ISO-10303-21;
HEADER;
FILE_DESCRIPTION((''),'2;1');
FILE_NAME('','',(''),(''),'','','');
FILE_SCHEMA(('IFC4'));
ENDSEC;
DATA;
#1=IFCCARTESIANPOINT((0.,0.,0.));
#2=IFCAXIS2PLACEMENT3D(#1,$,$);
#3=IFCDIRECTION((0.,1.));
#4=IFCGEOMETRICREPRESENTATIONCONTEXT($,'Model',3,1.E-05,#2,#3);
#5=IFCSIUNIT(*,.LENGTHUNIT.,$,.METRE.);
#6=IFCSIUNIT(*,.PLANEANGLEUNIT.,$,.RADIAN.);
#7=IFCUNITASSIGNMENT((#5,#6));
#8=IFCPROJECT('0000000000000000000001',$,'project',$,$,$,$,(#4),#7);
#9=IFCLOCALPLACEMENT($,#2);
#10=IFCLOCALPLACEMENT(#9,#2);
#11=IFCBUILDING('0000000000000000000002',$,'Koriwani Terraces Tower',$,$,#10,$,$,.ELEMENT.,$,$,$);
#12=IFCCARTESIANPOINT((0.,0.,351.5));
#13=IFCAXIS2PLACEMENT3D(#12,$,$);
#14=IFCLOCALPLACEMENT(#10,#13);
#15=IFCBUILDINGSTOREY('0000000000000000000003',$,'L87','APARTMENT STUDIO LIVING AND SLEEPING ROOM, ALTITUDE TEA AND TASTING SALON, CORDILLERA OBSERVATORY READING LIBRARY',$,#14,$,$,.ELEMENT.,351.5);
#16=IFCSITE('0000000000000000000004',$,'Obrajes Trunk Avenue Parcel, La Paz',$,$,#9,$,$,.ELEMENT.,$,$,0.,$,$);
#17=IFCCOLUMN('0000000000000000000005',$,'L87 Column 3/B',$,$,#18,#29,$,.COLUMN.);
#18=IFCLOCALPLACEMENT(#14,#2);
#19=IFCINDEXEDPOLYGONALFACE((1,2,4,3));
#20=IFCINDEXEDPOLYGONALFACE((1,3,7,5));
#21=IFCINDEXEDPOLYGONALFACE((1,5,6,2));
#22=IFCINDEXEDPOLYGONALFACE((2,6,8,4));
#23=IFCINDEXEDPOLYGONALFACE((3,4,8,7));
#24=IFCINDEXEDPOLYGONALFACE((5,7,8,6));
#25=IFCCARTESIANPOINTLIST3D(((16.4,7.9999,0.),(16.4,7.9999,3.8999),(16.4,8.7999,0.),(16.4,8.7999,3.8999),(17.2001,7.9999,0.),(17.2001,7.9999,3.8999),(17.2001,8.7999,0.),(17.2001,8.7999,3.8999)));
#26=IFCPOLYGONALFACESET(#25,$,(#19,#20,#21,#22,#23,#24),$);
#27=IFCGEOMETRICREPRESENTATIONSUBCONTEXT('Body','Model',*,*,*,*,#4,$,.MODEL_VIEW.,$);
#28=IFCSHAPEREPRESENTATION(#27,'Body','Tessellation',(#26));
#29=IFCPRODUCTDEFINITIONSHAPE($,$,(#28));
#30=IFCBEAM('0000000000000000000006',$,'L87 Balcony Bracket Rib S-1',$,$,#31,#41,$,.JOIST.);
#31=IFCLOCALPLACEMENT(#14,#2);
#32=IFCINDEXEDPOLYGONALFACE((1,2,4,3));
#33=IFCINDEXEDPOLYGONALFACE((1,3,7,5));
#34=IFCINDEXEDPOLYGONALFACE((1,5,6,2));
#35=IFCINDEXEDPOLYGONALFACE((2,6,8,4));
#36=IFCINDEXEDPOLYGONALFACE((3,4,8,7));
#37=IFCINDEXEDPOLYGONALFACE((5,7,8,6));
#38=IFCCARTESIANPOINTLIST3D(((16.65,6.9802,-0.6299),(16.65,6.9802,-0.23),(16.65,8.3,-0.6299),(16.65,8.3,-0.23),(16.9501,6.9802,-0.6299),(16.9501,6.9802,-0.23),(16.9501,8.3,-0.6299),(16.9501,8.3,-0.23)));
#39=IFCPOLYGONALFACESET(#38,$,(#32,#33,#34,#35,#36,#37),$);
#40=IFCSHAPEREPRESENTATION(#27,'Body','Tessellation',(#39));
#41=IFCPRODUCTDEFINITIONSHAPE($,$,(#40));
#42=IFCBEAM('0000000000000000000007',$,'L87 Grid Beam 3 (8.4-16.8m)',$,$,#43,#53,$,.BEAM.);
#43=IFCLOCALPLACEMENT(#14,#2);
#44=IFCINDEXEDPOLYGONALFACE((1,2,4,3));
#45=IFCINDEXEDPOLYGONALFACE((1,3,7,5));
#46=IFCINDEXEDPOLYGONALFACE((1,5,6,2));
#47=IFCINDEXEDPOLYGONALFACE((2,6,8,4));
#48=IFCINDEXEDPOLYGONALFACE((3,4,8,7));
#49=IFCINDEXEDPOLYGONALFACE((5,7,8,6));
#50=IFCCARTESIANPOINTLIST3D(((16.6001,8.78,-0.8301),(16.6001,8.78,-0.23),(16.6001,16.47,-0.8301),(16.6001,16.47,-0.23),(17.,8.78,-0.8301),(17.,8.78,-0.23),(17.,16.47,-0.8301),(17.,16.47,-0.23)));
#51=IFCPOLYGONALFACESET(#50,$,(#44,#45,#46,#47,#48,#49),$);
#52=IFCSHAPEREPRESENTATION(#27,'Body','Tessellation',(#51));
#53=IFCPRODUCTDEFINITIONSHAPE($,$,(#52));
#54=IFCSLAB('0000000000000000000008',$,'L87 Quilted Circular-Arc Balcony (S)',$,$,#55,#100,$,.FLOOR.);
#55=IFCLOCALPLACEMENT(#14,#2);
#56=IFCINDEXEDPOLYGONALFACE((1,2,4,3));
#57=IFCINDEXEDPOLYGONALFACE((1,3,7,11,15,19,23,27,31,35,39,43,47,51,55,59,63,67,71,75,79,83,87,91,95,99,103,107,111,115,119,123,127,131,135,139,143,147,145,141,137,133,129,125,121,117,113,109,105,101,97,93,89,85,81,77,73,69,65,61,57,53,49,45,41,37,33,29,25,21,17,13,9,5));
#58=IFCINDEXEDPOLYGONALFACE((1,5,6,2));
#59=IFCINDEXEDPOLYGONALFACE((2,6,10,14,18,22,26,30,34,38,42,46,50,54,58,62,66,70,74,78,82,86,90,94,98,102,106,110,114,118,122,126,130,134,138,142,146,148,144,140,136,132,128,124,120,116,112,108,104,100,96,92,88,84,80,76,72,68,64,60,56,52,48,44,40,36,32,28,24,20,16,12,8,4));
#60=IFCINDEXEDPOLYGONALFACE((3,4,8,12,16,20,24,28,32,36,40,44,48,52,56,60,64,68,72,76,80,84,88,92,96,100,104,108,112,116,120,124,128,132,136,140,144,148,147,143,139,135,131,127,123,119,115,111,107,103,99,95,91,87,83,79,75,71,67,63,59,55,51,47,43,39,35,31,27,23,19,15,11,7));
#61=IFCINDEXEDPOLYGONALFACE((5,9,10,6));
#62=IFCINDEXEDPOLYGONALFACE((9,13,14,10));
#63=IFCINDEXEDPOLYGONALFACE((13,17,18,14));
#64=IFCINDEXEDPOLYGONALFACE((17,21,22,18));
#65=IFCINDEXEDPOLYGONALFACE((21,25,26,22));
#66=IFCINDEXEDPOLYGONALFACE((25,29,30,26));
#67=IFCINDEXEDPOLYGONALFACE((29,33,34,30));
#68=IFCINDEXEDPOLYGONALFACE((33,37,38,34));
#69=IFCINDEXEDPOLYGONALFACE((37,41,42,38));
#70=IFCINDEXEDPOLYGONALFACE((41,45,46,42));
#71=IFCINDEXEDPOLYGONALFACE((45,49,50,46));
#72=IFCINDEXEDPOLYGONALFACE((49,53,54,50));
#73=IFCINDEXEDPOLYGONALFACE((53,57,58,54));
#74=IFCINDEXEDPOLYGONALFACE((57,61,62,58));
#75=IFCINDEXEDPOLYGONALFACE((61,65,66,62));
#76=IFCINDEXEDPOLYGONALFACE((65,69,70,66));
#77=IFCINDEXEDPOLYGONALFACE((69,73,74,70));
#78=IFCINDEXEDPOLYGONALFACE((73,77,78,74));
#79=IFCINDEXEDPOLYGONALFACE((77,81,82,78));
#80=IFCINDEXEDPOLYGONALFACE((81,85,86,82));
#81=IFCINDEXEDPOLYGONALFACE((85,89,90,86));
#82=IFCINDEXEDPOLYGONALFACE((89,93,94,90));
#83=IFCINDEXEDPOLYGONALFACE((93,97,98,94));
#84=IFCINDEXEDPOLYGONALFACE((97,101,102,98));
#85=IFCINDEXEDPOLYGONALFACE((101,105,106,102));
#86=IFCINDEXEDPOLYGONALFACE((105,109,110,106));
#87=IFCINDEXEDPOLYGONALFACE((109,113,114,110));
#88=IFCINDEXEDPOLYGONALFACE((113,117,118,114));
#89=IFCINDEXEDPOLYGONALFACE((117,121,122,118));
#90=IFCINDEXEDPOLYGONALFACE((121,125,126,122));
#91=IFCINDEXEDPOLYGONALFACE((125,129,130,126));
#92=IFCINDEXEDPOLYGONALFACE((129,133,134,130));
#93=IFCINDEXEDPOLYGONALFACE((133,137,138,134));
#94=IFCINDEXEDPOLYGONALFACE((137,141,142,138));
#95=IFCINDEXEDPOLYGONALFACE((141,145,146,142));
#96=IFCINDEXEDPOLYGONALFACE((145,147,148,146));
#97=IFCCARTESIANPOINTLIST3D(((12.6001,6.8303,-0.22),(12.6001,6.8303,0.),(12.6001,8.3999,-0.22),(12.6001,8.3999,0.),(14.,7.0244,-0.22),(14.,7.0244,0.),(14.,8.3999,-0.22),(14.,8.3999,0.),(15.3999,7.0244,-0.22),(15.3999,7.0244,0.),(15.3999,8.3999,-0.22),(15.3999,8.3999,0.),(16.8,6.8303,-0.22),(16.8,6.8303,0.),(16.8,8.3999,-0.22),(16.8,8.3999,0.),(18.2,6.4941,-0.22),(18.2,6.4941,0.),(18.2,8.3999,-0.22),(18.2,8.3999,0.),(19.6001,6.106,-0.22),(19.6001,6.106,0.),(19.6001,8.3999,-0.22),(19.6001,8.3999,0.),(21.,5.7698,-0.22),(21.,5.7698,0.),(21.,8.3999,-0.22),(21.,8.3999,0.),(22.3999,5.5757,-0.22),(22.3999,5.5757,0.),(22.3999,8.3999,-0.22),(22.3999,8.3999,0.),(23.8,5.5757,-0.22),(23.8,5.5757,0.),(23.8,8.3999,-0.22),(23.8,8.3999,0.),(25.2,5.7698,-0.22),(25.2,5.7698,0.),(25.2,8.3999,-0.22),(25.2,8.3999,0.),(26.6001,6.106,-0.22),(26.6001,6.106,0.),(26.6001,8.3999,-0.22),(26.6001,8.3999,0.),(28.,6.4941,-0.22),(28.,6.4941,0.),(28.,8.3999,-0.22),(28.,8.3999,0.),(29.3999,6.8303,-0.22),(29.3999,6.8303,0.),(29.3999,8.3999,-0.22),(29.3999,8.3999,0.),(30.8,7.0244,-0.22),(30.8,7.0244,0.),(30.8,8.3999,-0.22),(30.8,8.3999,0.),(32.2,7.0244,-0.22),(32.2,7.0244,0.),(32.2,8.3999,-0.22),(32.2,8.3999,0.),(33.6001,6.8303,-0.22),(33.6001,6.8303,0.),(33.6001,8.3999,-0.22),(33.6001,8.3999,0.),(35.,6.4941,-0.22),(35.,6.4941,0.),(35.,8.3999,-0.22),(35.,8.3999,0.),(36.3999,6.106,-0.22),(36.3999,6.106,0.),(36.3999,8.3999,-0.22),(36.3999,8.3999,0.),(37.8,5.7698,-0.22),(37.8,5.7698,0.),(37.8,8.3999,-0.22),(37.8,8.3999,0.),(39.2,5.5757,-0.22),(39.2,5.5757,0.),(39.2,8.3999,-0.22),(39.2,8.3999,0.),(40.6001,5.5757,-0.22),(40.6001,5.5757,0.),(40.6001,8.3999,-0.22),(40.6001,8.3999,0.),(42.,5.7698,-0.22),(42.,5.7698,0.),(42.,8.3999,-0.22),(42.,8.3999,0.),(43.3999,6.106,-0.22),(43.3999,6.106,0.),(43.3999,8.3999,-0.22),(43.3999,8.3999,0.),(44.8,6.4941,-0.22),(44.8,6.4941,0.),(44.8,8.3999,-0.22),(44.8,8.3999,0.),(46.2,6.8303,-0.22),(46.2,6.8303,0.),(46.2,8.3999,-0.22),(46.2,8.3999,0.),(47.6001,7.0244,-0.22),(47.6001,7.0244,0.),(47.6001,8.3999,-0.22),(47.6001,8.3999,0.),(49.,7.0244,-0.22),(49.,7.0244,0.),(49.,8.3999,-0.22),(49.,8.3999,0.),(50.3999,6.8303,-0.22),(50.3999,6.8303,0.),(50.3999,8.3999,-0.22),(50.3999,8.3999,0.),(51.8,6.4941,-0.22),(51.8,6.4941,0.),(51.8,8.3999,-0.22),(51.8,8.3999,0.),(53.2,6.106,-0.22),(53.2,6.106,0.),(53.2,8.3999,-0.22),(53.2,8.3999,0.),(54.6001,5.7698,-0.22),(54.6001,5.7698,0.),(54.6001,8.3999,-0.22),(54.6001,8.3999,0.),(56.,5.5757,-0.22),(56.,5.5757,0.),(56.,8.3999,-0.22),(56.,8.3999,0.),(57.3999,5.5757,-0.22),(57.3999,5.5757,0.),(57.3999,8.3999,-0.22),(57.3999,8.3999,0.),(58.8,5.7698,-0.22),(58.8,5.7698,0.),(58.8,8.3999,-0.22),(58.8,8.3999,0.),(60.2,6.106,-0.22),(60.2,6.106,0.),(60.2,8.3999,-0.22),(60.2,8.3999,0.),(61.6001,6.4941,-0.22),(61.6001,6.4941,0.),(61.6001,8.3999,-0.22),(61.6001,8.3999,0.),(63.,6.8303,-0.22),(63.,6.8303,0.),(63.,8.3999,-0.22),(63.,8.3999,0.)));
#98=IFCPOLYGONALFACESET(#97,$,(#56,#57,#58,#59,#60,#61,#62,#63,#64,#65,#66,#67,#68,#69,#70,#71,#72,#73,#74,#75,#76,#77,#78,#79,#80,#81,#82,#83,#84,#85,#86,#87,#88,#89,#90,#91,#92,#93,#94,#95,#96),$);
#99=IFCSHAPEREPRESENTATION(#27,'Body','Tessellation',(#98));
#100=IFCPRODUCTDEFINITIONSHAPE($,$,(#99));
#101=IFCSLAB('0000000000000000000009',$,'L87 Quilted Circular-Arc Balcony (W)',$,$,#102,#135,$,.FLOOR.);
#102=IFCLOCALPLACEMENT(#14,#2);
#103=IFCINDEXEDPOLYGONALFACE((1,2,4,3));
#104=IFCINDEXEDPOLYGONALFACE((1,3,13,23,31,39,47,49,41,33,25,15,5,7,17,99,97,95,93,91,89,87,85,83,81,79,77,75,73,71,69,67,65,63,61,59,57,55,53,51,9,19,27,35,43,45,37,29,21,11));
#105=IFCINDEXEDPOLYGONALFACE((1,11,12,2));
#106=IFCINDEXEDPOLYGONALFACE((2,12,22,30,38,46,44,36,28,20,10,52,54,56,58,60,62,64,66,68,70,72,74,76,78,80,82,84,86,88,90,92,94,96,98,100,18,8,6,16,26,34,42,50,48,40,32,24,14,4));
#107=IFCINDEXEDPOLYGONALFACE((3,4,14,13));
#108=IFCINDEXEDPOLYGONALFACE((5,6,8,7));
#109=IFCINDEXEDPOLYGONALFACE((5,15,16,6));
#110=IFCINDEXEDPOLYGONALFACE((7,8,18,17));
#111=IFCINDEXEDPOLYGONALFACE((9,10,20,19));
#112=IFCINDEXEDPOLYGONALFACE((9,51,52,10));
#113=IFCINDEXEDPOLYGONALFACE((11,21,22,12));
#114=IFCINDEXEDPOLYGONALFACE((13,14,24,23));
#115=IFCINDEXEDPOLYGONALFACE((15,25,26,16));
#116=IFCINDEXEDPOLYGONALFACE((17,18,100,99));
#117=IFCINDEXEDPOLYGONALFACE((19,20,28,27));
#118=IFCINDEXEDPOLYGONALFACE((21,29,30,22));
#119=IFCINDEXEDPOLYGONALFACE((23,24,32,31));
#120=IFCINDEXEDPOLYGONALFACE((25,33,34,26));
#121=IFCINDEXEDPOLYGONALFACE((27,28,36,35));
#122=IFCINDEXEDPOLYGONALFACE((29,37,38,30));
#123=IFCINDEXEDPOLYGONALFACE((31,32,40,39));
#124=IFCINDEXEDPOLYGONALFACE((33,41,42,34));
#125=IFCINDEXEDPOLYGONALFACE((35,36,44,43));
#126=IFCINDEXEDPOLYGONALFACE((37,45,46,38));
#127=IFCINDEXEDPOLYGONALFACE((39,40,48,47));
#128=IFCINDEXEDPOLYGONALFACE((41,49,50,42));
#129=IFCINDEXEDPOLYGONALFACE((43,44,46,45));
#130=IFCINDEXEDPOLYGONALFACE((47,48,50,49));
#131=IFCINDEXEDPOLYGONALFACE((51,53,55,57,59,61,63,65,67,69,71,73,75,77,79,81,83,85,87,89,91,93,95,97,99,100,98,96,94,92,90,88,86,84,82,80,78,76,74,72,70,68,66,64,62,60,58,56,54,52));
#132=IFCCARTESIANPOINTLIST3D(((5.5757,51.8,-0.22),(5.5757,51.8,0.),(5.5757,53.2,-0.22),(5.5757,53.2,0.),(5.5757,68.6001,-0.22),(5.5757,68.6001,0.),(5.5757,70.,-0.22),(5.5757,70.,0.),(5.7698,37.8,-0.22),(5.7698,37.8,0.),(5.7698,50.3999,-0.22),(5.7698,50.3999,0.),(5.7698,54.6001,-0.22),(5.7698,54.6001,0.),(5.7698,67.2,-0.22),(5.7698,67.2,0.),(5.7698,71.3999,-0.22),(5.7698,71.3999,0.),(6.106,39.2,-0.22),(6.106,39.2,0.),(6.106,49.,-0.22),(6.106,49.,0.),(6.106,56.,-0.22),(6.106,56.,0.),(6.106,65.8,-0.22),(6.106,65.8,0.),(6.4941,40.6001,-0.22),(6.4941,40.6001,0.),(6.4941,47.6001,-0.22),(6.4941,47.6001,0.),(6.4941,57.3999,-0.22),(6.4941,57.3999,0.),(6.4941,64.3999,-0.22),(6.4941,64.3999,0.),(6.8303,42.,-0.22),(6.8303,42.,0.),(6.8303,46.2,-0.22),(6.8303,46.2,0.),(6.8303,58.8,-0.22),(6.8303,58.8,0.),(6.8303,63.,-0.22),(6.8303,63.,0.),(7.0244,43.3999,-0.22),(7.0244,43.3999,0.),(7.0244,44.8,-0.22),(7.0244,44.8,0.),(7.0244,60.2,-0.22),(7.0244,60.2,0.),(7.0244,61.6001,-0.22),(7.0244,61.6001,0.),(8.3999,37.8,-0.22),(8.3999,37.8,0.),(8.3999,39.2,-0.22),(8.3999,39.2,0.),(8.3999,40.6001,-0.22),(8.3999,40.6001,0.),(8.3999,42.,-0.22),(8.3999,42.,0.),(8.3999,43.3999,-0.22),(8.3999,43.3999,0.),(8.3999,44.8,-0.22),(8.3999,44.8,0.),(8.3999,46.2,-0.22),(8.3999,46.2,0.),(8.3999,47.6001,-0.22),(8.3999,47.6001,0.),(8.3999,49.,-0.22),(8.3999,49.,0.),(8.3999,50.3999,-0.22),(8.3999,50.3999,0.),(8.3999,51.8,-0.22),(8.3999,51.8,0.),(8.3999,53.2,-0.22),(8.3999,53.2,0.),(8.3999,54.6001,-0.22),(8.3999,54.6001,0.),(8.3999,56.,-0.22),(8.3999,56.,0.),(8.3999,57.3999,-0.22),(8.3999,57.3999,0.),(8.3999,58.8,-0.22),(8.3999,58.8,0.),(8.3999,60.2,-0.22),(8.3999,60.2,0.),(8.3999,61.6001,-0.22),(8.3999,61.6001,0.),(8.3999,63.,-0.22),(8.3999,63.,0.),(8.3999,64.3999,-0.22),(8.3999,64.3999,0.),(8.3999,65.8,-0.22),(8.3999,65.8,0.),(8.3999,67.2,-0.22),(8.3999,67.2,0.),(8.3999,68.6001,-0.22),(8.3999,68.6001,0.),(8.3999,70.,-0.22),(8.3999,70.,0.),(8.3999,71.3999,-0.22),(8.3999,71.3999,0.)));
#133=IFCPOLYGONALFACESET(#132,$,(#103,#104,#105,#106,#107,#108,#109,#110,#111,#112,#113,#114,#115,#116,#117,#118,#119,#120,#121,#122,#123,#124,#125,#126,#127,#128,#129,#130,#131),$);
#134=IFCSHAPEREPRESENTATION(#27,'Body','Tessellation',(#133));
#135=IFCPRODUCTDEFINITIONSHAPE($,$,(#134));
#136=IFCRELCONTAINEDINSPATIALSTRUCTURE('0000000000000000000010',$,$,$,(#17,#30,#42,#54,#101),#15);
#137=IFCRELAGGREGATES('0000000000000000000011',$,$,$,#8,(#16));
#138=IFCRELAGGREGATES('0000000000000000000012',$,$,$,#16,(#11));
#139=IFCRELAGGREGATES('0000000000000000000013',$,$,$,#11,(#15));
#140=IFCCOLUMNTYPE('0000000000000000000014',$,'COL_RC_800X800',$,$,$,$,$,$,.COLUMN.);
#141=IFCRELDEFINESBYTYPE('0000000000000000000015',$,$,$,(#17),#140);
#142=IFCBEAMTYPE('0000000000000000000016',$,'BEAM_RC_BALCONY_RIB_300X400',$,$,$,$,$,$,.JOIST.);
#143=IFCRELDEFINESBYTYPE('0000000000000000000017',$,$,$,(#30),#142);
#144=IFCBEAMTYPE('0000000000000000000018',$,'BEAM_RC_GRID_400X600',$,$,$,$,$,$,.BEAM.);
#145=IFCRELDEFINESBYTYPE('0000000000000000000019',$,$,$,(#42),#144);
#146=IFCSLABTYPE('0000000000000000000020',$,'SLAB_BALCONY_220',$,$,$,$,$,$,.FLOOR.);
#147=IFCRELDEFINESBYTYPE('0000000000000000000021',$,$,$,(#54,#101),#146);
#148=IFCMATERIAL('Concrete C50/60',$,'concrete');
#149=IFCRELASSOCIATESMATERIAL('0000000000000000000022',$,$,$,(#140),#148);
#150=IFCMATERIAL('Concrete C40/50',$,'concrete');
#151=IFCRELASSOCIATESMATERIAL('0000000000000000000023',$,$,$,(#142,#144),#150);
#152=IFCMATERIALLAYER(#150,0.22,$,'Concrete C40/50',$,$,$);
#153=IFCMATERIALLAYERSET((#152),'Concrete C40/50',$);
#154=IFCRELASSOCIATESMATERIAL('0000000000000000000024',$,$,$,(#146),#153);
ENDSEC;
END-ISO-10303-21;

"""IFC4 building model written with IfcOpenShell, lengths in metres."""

from ifc_helpers import new_model, si_unit, direction, frame, origin, origin_2d, place, context, subcontext, project, spatial, polyline, rectangle, outline, extrude, material, layer, layer_set, material_profile, profile_set, type_object, element, save


model = new_model("IFC4")

# Units and contexts
model_context = context("Model", 3, precision=1e-05, world=origin(), true_north=direction((0.0, 1.0)))
body_context = subcontext(model_context, "Body", "Model", "MODEL_VIEW")
ifc_project = project(units=[si_unit("LENGTHUNIT", "METRE"), si_unit("PLANEANGLEUNIT", "RADIAN")], contexts=[model_context])

# Site, building, storey
site_placement = place(None, origin())
site = spatial("IfcSite", under=ifc_project, at=site_placement, Name="Obrajes Trunk Avenue Parcel, La Paz", CompositionType="ELEMENT", RefElevation=0.0)
building_placement = place(site_placement, origin())
building = spatial("IfcBuilding", under=site, at=building_placement, Name="Koriwani Terraces Tower", CompositionType="ELEMENT")
storey_placement = place(building_placement, frame((0.0, 0.0, 351.5)))
storey = spatial("IfcBuildingStorey", under=building, at=storey_placement, Name="L87", Description="APARTMENT STUDIO LIVING AND SLEEPING ROOM, ALTITUDE TEA AND TASTING SALON, CORDILLERA OBSERVATORY READING LIBRARY", CompositionType="ELEMENT", Elevation=351.5)

# Column
ifc_material_1 = material(Name="Concrete C50/60", Category="concrete")
ifc_material_profile_1 = material_profile(ifc_material_1, rectangle(XDim=0.8, YDim=0.8, at=origin_2d()), Name="Concrete C50/60", Category="LoadBearing")
ifc_profile_set_1 = profile_set([ifc_material_profile_1], Name="Concrete C50/60")
column_type = type_object("IfcColumnType", Name="COL_RC_800X800", PredefinedType="COLUMN", material=ifc_profile_set_1)
column_placement = place(storey_placement, frame((16.8, 8.3999, 0.0), z_axis=(0.0, 0.0, 1.0), x_axis=(1.0, 0.0, 0.0)))
element("IfcColumn", 1, at=column_placement, inside=storey, type_object=column_type, Name="L87 Column 3/B", PredefinedType="COLUMN", context=body_context, shape_type="SweptSolid", body=[
    extrude(rectangle(XDim=0.8, YDim=0.8, at=origin_2d()), origin(), (0.0, 0.0, 1.0), 3.8999),
])

# Beams
ifc_material_2 = material(Name="Concrete C40/50", Category="concrete")
ifc_material_profile_2 = material_profile(ifc_material_2, rectangle(XDim=0.3, YDim=0.3999, at=origin_2d()), Name="Concrete C40/50", Category="LoadBearing")
ifc_profile_set_2 = profile_set([ifc_material_profile_2], Name="Concrete C40/50")
beam_type_1 = type_object("IfcBeamType", Name="BEAM_RC_BALCONY_RIB_300X400", PredefinedType="JOIST", material=ifc_profile_set_2)
beam_1_placement = place(storey_placement, frame((16.8, 6.9802, -0.4299), z_axis=(0.0, 1.0, 0.0), x_axis=(-1.0, 0.0, 0.0)))
element("IfcBeam", 2, at=beam_1_placement, inside=storey, type_object=beam_type_1, Name="L87 Balcony Bracket Rib S-1", PredefinedType="JOIST", context=body_context, shape_type="SweptSolid", body=[
    extrude(rectangle(XDim=0.3, YDim=0.3999, at=origin_2d()), origin(), (0.0, 0.0, 1.0), 1.3198),
])
ifc_material_profile_3 = material_profile(ifc_material_2, rectangle(XDim=0.3999, YDim=0.6001, at=origin_2d()), Name="Concrete C40/50", Category="LoadBearing")
ifc_profile_set_3 = profile_set([ifc_material_profile_3], Name="Concrete C40/50")
beam_type_2 = type_object("IfcBeamType", Name="BEAM_RC_GRID_400X600", PredefinedType="BEAM", material=ifc_profile_set_3)
beam_2_placement = place(storey_placement, frame((16.8, 8.78, -0.53), z_axis=(0.0, 1.0, 0.0), x_axis=(-1.0, 0.0, 0.0)))
element("IfcBeam", 3, at=beam_2_placement, inside=storey, type_object=beam_type_2, Name="L87 Grid Beam 3 (8.4-16.8m)", PredefinedType="BEAM", context=body_context, shape_type="SweptSolid", body=[
    extrude(rectangle(XDim=0.3999, YDim=0.6001, at=origin_2d()), origin(), (0.0, 0.0, 1.0), 7.6899),
])

# Slabs
ifc_layer_1 = layer(ifc_material_2, 0.22, Name="Concrete C40/50")
ifc_layer_set_1 = layer_set([ifc_layer_1], Name="Concrete C40/50")
slab_type_1 = type_object("IfcSlabType", Name="SLAB_BALCONY_220", PredefinedType="FLOOR", material=ifc_layer_set_1)
slab_1_placement = place(storey_placement, frame((0.0, 0.0, -0.22)))
element("IfcSlab", 4, at=slab_1_placement, inside=storey, type_object=slab_type_1, Name="L87 Quilted Circular-Arc Balcony (S)", PredefinedType="FLOOR", context=body_context, shape_type="SweptSolid", body=[
    extrude(outline(polyline([(12.6001, 8.3999), (14.0, 8.3999), (15.3999, 8.3999), (16.8, 8.3999), (18.2, 8.3999), (19.6001, 8.3999), (21.0, 8.3999), (22.3999, 8.3999), (23.8, 8.3999), (25.2, 8.3999), (26.6001, 8.3999), (28.0, 8.3999), (29.3999, 8.3999), (30.8, 8.3999), (32.2, 8.3999), (33.6001, 8.3999), (35.0, 8.3999), (36.3999, 8.3999), (37.8, 8.3999), (39.2, 8.3999), (40.6001, 8.3999), (42.0, 8.3999), (43.3999, 8.3999), (44.8, 8.3999), (46.2, 8.3999), (47.6001, 8.3999), (49.0, 8.3999), (50.3999, 8.3999), (51.8, 8.3999), (53.2, 8.3999), (54.6001, 8.3999), (56.0, 8.3999), (57.3999, 8.3999), (58.8, 8.3999), (60.2, 8.3999), (61.6001, 8.3999), (63.0, 8.3999), (63.0, 6.8303), (61.6001, 6.4941), (60.2, 6.106), (58.8, 5.7698), (57.3999, 5.5757), (56.0, 5.5757), (54.6001, 5.7698), (53.2, 6.106), (51.8, 6.4941), (50.3999, 6.8303), (49.0, 7.0244), (47.6001, 7.0244), (46.2, 6.8303), (44.8, 6.4941), (43.3999, 6.106), (42.0, 5.7698), (40.6001, 5.5757), (39.2, 5.5757), (37.8, 5.7698), (36.3999, 6.106), (35.0, 6.4941), (33.6001, 6.8303), (32.2, 7.0244), (30.8, 7.0244), (29.3999, 6.8303), (28.0, 6.4941), (26.6001, 6.106), (25.2, 5.7698), (23.8, 5.5757), (22.3999, 5.5757), (21.0, 5.7698), (19.6001, 6.106), (18.2, 6.4941), (16.8, 6.8303), (15.3999, 7.0244), (14.0, 7.0244), (12.6001, 6.8303), (12.6001, 8.3999)])), origin(), (0.0, 0.0, 1.0), 0.22),
])
slab_2_placement = place(storey_placement, frame((0.0, 0.0, -0.22)))
element("IfcSlab", 5, at=slab_2_placement, inside=storey, type_object=slab_type_1, Name="L87 Quilted Circular-Arc Balcony (W)", PredefinedType="FLOOR", context=body_context, shape_type="SweptSolid", body=[
    extrude(outline(polyline([(8.3999, 37.8), (8.3999, 39.2), (8.3999, 40.6001), (8.3999, 42.0), (8.3999, 43.3999), (8.3999, 44.8), (8.3999, 46.2), (8.3999, 47.6001), (8.3999, 49.0), (8.3999, 50.3999), (8.3999, 51.8), (8.3999, 53.2), (8.3999, 54.6001), (8.3999, 56.0), (8.3999, 57.3999), (8.3999, 58.8), (8.3999, 60.2), (8.3999, 61.6001), (8.3999, 63.0), (8.3999, 64.3999), (8.3999, 65.8), (8.3999, 67.2), (8.3999, 68.6001), (8.3999, 70.0), (8.3999, 71.3999), (5.7698, 71.3999), (5.5757, 70.0), (5.5757, 68.6001), (5.7698, 67.2), (6.106, 65.8), (6.4941, 64.3999), (6.8303, 63.0), (7.0244, 61.6001), (7.0244, 60.2), (6.8303, 58.8), (6.4941, 57.3999), (6.106, 56.0), (5.7698, 54.6001), (5.5757, 53.2), (5.5757, 51.8), (5.7698, 50.3999), (6.106, 49.0), (6.4941, 47.6001), (6.8303, 46.2), (7.0244, 44.8), (7.0244, 43.3999), (6.8303, 42.0), (6.4941, 40.6001), (6.106, 39.2), (5.7698, 37.8), (8.3999, 37.8)])), origin(), (0.0, 0.0, 1.0), 0.22),
])

save(model, "model.ifc")
